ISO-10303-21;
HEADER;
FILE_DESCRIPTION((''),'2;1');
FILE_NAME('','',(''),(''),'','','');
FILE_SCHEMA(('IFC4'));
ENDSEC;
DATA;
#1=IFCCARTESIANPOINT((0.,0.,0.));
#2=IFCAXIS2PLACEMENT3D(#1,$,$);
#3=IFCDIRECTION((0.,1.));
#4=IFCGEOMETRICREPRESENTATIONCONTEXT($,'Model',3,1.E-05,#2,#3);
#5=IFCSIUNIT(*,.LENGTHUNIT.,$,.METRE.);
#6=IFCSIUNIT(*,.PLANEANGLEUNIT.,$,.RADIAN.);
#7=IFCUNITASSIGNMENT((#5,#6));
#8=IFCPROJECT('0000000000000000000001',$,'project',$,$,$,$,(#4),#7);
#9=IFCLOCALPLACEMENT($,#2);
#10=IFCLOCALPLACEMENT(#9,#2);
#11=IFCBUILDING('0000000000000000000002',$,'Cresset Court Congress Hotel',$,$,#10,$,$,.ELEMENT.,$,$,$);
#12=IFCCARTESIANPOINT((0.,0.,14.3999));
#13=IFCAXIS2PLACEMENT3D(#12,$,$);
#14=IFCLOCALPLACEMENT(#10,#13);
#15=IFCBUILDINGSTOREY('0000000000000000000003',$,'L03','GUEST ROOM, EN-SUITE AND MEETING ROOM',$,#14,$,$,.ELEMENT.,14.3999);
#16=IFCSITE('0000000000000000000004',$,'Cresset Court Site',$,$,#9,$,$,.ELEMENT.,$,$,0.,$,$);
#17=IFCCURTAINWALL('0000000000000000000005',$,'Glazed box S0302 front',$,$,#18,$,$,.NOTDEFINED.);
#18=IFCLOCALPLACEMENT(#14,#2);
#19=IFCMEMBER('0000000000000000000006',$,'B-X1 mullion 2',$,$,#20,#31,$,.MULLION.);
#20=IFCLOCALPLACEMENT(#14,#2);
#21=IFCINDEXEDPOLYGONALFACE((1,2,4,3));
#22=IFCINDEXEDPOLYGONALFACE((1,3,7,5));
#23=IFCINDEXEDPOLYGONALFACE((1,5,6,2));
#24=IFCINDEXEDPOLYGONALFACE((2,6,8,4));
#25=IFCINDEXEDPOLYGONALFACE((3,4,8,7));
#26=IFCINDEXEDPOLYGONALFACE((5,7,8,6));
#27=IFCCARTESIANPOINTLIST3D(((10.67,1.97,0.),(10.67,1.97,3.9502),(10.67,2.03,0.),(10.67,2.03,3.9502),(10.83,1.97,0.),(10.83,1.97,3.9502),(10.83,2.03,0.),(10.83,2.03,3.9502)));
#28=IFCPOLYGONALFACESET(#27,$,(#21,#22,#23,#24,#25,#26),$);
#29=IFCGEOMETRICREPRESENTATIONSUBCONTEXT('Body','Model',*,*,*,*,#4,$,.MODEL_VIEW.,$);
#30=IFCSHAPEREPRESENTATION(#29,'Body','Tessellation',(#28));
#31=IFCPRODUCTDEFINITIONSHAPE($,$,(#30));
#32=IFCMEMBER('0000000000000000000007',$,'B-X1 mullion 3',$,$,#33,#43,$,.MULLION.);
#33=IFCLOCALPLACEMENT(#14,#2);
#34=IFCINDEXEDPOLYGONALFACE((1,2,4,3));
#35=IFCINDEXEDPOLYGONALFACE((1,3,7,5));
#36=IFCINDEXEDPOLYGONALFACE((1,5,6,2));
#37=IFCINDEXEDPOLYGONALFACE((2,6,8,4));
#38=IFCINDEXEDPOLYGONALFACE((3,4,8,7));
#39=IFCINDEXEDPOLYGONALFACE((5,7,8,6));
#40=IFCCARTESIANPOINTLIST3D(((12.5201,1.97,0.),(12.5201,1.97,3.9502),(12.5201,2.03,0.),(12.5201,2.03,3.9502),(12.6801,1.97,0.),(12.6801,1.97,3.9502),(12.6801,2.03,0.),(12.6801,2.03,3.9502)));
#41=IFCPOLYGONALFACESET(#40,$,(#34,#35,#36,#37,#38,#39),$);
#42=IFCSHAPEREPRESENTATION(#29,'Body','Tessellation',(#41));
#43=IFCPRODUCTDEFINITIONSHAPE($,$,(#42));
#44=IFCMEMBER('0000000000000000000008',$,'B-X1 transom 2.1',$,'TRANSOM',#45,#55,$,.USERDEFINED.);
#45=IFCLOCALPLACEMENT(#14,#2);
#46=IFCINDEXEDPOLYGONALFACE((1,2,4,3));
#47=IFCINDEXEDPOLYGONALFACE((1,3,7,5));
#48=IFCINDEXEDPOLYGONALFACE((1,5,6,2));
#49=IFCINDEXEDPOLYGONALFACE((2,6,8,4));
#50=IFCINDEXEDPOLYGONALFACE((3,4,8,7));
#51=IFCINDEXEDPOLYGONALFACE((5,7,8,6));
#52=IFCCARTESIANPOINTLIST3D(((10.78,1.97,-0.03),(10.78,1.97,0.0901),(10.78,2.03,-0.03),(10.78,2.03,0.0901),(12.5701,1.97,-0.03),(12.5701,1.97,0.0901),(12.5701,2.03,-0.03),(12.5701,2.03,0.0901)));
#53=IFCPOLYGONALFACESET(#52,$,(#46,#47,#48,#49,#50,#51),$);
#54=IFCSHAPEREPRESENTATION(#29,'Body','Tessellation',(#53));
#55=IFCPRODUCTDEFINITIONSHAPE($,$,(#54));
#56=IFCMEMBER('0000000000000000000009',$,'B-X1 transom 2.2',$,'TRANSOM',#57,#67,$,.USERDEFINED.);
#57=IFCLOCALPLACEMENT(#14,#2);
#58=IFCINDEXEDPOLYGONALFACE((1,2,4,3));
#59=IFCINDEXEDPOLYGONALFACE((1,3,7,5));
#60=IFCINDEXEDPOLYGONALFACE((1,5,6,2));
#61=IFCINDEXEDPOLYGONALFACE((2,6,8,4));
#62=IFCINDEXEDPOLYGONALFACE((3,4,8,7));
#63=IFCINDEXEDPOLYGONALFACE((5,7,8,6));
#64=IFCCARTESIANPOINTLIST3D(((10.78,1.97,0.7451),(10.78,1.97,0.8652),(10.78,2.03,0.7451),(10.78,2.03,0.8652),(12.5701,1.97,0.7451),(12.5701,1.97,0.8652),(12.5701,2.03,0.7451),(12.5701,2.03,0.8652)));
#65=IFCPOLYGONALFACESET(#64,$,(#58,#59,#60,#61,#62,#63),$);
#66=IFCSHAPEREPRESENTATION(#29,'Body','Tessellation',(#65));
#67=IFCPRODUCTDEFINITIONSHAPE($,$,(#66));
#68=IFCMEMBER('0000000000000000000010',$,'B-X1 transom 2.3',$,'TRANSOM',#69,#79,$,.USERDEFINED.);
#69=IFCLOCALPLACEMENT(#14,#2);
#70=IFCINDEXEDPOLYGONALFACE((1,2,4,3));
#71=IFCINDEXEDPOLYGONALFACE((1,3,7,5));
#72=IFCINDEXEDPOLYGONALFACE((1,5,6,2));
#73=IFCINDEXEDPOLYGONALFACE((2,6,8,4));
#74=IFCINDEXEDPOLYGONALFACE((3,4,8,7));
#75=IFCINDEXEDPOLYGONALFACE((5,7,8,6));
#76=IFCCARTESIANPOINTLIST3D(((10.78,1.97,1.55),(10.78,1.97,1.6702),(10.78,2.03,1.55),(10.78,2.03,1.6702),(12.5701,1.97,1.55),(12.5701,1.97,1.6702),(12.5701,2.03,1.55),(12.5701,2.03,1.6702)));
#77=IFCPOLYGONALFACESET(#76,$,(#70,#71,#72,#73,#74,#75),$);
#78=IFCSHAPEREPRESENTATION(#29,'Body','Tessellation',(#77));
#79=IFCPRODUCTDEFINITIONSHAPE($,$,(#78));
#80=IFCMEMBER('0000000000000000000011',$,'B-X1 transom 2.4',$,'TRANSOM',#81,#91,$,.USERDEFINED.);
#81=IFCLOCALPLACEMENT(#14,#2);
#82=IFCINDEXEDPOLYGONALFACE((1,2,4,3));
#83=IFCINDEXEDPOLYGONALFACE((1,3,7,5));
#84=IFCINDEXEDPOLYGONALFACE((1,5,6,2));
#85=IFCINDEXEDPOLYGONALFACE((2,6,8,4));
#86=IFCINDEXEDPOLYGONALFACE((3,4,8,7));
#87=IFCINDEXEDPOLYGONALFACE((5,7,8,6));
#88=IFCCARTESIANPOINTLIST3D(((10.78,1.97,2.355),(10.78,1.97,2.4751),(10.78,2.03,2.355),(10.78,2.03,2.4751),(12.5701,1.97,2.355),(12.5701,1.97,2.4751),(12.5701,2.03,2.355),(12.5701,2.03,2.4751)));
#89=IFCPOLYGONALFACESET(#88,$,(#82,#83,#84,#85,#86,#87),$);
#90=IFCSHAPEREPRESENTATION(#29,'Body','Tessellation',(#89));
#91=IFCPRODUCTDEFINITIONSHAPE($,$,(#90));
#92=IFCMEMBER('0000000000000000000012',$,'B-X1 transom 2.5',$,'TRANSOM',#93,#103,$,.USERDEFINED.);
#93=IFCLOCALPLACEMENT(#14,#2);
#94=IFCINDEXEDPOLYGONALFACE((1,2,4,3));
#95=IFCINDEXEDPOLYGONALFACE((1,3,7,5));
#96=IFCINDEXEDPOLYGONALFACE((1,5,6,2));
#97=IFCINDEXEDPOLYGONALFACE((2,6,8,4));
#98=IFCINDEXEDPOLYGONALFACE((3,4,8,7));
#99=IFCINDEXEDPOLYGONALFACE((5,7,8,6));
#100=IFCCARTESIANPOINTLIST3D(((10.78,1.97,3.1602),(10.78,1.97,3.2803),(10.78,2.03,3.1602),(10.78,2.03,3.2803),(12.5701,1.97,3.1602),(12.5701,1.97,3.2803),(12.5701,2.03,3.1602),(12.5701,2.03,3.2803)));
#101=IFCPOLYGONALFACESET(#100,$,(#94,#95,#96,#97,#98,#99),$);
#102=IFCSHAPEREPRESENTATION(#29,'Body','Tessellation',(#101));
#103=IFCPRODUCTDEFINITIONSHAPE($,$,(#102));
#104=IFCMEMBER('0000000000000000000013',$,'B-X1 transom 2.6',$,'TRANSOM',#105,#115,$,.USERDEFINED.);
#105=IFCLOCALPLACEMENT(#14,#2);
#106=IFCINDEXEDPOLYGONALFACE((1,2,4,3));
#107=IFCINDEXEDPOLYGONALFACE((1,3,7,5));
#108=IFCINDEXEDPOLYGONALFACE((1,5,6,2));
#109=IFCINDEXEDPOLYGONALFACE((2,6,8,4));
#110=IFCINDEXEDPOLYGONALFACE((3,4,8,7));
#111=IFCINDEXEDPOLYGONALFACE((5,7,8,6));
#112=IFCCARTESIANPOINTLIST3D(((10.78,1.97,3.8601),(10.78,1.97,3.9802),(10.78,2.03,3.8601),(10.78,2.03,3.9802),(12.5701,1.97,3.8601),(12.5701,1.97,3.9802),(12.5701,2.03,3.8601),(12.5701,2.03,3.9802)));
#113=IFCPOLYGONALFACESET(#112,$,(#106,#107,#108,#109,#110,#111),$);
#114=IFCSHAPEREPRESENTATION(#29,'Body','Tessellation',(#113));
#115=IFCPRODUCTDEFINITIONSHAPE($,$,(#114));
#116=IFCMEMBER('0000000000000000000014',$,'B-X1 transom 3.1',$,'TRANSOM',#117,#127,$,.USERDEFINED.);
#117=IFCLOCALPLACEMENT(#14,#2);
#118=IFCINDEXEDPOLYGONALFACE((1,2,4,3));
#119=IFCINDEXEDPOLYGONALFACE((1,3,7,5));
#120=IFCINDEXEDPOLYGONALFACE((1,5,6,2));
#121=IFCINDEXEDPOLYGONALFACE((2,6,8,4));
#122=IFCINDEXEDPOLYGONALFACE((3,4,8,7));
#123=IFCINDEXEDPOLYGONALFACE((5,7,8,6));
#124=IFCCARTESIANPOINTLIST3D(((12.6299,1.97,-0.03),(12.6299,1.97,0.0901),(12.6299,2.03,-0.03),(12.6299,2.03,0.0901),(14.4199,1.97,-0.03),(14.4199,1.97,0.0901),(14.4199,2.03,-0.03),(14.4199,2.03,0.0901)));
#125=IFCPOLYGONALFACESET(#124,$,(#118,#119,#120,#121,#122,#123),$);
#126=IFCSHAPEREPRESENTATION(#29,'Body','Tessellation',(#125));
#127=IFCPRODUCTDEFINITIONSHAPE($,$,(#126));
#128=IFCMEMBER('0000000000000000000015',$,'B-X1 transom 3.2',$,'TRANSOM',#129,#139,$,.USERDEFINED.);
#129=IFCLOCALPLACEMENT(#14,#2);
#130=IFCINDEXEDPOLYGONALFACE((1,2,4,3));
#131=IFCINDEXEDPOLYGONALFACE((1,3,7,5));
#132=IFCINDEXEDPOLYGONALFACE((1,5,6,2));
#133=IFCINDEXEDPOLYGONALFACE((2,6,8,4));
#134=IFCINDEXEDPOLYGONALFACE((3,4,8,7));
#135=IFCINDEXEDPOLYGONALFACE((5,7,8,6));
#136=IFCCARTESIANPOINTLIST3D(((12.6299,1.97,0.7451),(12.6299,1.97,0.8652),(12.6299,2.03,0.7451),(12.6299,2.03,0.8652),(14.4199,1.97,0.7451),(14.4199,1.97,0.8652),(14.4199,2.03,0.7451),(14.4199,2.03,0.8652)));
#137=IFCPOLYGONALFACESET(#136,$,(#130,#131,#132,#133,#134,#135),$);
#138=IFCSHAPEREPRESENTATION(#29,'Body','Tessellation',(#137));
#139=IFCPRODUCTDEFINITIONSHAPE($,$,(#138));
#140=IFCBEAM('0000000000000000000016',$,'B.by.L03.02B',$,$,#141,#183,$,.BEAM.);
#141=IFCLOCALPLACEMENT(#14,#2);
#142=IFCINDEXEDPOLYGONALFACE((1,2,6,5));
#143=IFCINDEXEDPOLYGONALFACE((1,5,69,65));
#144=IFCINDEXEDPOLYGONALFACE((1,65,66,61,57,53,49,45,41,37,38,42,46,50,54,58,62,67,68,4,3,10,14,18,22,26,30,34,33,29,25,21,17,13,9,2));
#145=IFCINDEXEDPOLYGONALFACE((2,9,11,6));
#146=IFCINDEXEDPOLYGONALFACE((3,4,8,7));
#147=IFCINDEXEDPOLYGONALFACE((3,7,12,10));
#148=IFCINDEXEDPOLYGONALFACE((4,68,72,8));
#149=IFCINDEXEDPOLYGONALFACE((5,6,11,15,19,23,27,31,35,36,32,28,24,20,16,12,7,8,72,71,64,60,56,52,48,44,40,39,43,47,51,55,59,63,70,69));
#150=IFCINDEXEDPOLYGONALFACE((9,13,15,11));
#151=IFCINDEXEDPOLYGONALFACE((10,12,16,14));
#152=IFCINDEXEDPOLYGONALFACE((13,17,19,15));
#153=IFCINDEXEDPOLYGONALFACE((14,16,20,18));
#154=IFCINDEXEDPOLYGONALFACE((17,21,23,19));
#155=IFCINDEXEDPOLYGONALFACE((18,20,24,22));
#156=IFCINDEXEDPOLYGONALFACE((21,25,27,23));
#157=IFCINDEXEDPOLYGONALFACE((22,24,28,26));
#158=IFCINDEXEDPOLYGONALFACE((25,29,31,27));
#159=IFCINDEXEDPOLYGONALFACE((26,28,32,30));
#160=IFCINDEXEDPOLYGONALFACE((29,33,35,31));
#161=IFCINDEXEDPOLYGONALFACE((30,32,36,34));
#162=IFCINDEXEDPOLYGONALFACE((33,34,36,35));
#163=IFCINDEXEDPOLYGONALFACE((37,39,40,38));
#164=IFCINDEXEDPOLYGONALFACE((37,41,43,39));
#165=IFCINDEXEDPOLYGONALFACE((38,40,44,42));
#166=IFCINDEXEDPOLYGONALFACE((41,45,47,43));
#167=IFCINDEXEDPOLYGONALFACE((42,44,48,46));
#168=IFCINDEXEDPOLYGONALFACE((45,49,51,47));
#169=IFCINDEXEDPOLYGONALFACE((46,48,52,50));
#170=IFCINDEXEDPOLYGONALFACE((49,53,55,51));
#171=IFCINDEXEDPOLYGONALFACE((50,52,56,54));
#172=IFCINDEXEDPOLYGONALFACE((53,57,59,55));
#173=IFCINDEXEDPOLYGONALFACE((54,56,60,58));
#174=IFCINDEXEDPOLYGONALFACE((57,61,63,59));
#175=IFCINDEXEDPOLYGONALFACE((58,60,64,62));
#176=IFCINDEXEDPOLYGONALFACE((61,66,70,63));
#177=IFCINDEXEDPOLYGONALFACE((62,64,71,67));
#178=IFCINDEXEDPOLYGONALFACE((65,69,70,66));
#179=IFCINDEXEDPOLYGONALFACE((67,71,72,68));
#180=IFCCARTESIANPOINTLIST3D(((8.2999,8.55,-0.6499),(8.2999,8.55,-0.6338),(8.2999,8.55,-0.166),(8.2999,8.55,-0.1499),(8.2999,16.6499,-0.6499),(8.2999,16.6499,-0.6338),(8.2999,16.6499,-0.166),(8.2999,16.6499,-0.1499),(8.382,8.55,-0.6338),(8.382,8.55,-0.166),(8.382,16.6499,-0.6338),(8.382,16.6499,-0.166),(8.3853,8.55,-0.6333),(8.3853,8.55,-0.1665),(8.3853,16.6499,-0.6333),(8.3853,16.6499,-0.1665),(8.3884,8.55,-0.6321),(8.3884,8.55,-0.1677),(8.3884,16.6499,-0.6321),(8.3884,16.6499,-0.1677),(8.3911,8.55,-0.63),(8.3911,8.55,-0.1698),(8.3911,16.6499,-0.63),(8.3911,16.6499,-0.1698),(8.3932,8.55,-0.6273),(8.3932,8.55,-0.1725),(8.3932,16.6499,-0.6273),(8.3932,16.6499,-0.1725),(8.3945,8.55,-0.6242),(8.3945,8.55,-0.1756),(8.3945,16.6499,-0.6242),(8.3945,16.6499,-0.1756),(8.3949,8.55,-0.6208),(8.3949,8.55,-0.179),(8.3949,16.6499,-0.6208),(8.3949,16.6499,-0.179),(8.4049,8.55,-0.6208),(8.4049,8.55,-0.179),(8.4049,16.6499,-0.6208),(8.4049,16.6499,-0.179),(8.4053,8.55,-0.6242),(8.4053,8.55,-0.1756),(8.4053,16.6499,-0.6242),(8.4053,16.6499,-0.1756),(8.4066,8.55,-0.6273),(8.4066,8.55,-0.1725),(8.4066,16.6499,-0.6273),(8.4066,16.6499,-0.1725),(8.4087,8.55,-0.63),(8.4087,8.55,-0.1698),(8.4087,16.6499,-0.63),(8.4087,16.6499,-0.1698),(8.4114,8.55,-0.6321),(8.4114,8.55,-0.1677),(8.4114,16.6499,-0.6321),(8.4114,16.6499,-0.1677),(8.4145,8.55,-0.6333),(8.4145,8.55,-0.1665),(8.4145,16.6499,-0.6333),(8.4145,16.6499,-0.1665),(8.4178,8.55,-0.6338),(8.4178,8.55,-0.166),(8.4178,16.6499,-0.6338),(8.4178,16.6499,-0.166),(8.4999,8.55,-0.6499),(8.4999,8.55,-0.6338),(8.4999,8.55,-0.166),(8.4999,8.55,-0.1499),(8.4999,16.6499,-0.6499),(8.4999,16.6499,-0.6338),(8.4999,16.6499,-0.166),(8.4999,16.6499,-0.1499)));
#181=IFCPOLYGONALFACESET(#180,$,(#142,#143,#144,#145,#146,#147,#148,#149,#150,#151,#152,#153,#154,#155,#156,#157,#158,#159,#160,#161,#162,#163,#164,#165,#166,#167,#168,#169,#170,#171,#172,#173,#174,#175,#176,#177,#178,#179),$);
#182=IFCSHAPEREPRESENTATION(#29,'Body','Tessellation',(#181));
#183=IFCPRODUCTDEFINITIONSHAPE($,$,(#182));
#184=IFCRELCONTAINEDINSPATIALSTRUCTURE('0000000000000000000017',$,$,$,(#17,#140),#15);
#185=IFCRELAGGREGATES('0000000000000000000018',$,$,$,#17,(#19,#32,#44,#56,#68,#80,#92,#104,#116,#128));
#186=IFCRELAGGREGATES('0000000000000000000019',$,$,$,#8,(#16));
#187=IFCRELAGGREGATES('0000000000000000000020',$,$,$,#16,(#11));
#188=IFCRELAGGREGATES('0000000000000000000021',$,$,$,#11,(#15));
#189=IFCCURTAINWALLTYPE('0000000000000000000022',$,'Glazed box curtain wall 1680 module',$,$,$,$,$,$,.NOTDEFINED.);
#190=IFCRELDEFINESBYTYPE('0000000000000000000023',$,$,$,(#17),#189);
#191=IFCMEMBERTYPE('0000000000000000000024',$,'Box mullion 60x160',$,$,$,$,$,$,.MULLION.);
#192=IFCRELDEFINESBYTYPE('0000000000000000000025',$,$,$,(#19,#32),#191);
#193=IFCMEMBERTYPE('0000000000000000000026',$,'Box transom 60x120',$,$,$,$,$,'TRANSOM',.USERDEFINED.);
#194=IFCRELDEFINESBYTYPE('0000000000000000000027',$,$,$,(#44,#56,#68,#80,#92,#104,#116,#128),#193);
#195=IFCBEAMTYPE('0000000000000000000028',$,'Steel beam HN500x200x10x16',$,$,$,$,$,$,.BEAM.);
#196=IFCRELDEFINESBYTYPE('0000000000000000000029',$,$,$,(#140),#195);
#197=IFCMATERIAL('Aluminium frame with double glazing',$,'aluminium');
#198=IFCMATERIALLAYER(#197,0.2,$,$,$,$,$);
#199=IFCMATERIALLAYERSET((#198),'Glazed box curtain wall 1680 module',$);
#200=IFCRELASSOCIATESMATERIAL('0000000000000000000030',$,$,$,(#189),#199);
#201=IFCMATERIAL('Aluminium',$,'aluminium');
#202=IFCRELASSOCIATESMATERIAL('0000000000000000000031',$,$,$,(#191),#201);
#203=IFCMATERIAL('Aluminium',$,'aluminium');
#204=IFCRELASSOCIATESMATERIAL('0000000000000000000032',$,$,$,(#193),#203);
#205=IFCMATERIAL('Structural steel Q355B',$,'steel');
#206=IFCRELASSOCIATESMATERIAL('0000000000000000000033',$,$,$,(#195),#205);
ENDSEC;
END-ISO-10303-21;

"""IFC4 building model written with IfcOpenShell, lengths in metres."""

from ifc_helpers import new_model, si_unit, direction, frame, origin, origin_2d, place, context, subcontext, project, spatial, rectangle, i_section, extrude, material, layer, layer_set, material_profile, profile_set, type_object, element, aggregate, save


model = new_model("IFC4")

# Units and contexts
model_context = context("Model", 3, precision=1e-05, world=origin(), true_north=direction((0.0, 1.0)))
body_context = subcontext(model_context, "Body", "Model", "MODEL_VIEW")
ifc_project = project(units=[si_unit("LENGTHUNIT", "METRE"), si_unit("PLANEANGLEUNIT", "RADIAN")], contexts=[model_context])

# Site, building, storey
site_placement = place(None, origin())
site = spatial("IfcSite", under=ifc_project, at=site_placement, Name="Cresset Court Site", CompositionType="ELEMENT", RefElevation=0.0)
building_placement = place(site_placement, origin())
building = spatial("IfcBuilding", under=site, at=building_placement, Name="Cresset Court Congress Hotel", CompositionType="ELEMENT")
storey_placement = place(building_placement, frame((0.0, 0.0, 14.3999)))
storey = spatial("IfcBuildingStorey", under=building, at=storey_placement, Name="L03", Description="GUEST ROOM, EN-SUITE AND MEETING ROOM", CompositionType="ELEMENT", Elevation=14.3999)

# Curtain wall, members
ifc_material_1 = material(Name="Aluminium frame with double glazing", Category="aluminium")
ifc_layer_1 = layer(ifc_material_1, 0.2)
ifc_layer_set_1 = layer_set([ifc_layer_1], Name="Glazed box curtain wall 1680 module")
curtain_wall_type = type_object("IfcCurtainWallType", Name="Glazed box curtain wall 1680 module", PredefinedType="NOTDEFINED", material=ifc_layer_set_1)
curtain_wall_placement = place(storey_placement, origin())
curtain_wall = element("IfcCurtainWall", 1, at=curtain_wall_placement, inside=storey, type_object=curtain_wall_type, Name="Glazed box S0302 front", PredefinedType="NOTDEFINED")
ifc_material_2 = material(Name="Aluminium", Category="aluminium")
ifc_material_profile_1 = material_profile(ifc_material_2, rectangle(XDim=0.0601, YDim=0.1599, at=origin_2d()), Name="Box mullion 60x160")
ifc_profile_set_1 = profile_set([ifc_material_profile_1], Name="Aluminium")
member_type_1 = type_object("IfcMemberType", Name="Box mullion 60x160", PredefinedType="MULLION", material=ifc_profile_set_1)
member_1_placement = place(storey_placement, frame((10.75, 2.0, 0.0), z_axis=(0.0, 0.0, 1.0), x_axis=(0.0, 1.0, 0.0)))
member_1 = element("IfcMember", 2, at=member_1_placement, type_object=member_type_1, Name="B-X1 mullion 2", PredefinedType="MULLION", context=body_context, shape_type="SweptSolid", body=[
    extrude(rectangle(XDim=0.0601, YDim=0.1599, at=origin_2d()), origin(), (0.0, 0.0, 1.0), 3.9502),
])
member_2_placement = place(storey_placement, frame((12.6001, 2.0, 0.0), z_axis=(0.0, 0.0, 1.0), x_axis=(0.0, 1.0, 0.0)))
member_2 = element("IfcMember", 3, at=member_2_placement, type_object=member_type_1, Name="B-X1 mullion 3", PredefinedType="MULLION", context=body_context, shape_type="SweptSolid", body=[
    extrude(rectangle(XDim=0.0601, YDim=0.1599, at=origin_2d()), origin(), (0.0, 0.0, 1.0), 3.9502),
])
ifc_material_3 = material(Name="Aluminium", Category="aluminium")
ifc_material_profile_2 = material_profile(ifc_material_3, rectangle(XDim=0.0601, YDim=0.1201, at=origin_2d()), Name="Box transom 60x120")
ifc_profile_set_2 = profile_set([ifc_material_profile_2], Name="Aluminium")
member_type_2 = type_object("IfcMemberType", Name="Box transom 60x120", ElementType="TRANSOM", PredefinedType="USERDEFINED", material=ifc_profile_set_2)
member_3_placement = place(storey_placement, frame((10.78, 2.0, 0.03), z_axis=(1.0, 0.0, 0.0), x_axis=(0.0, 1.0, 0.0)))
member_3 = element("IfcMember", 4, at=member_3_placement, type_object=member_type_2, Name="B-X1 transom 2.1", ObjectType="TRANSOM", PredefinedType="USERDEFINED", context=body_context, shape_type="SweptSolid", body=[
    extrude(rectangle(XDim=0.0601, YDim=0.1201, at=origin_2d()), origin(), (0.0, 0.0, 1.0), 1.79),
])
member_4_placement = place(storey_placement, frame((10.78, 2.0, 0.8052), z_axis=(1.0, 0.0, 0.0), x_axis=(0.0, 1.0, 0.0)))
member_4 = element("IfcMember", 5, at=member_4_placement, type_object=member_type_2, Name="B-X1 transom 2.2", ObjectType="TRANSOM", PredefinedType="USERDEFINED", context=body_context, shape_type="SweptSolid", body=[
    extrude(rectangle(XDim=0.0601, YDim=0.1201, at=origin_2d()), origin(), (0.0, 0.0, 1.0), 1.79),
])
member_5_placement = place(storey_placement, frame((10.78, 2.0, 1.6101), z_axis=(1.0, 0.0, 0.0), x_axis=(0.0, 1.0, 0.0)))
member_5 = element("IfcMember", 6, at=member_5_placement, type_object=member_type_2, Name="B-X1 transom 2.3", ObjectType="TRANSOM", PredefinedType="USERDEFINED", context=body_context, shape_type="SweptSolid", body=[
    extrude(rectangle(XDim=0.0601, YDim=0.1201, at=origin_2d()), origin(), (0.0, 0.0, 1.0), 1.79),
])
member_6_placement = place(storey_placement, frame((10.78, 2.0, 2.415), z_axis=(1.0, 0.0, 0.0), x_axis=(0.0, 1.0, 0.0)))
member_6 = element("IfcMember", 7, at=member_6_placement, type_object=member_type_2, Name="B-X1 transom 2.4", ObjectType="TRANSOM", PredefinedType="USERDEFINED", context=body_context, shape_type="SweptSolid", body=[
    extrude(rectangle(XDim=0.0601, YDim=0.1201, at=origin_2d()), origin(), (0.0, 0.0, 1.0), 1.79),
])
member_7_placement = place(storey_placement, frame((10.78, 2.0, 3.2202), z_axis=(1.0, 0.0, 0.0), x_axis=(0.0, 1.0, 0.0)))
member_7 = element("IfcMember", 8, at=member_7_placement, type_object=member_type_2, Name="B-X1 transom 2.5", ObjectType="TRANSOM", PredefinedType="USERDEFINED", context=body_context, shape_type="SweptSolid", body=[
    extrude(rectangle(XDim=0.0601, YDim=0.1201, at=origin_2d()), origin(), (0.0, 0.0, 1.0), 1.79),
])
member_8_placement = place(storey_placement, frame((10.78, 2.0, 3.9202), z_axis=(1.0, 0.0, 0.0), x_axis=(0.0, 1.0, 0.0)))
member_8 = element("IfcMember", 9, at=member_8_placement, type_object=member_type_2, Name="B-X1 transom 2.6", ObjectType="TRANSOM", PredefinedType="USERDEFINED", context=body_context, shape_type="SweptSolid", body=[
    extrude(rectangle(XDim=0.0601, YDim=0.1201, at=origin_2d()), origin(), (0.0, 0.0, 1.0), 1.79),
])
member_9_placement = place(storey_placement, frame((12.6299, 2.0, 0.03), z_axis=(1.0, 0.0, 0.0), x_axis=(0.0, 1.0, 0.0)))
member_9 = element("IfcMember", 10, at=member_9_placement, type_object=member_type_2, Name="B-X1 transom 3.1", ObjectType="TRANSOM", PredefinedType="USERDEFINED", context=body_context, shape_type="SweptSolid", body=[
    extrude(rectangle(XDim=0.0601, YDim=0.1201, at=origin_2d()), origin(), (0.0, 0.0, 1.0), 1.79),
])
member_10_placement = place(storey_placement, frame((12.6299, 2.0, 0.8052), z_axis=(1.0, 0.0, 0.0), x_axis=(0.0, 1.0, 0.0)))
member_10 = element("IfcMember", 11, at=member_10_placement, type_object=member_type_2, Name="B-X1 transom 3.2", ObjectType="TRANSOM", PredefinedType="USERDEFINED", context=body_context, shape_type="SweptSolid", body=[
    extrude(rectangle(XDim=0.0601, YDim=0.1201, at=origin_2d()), origin(), (0.0, 0.0, 1.0), 1.79),
])

# Beam
ifc_material_4 = material(Name="Structural steel Q355B", Category="steel")
ifc_material_profile_3 = material_profile(ifc_material_4, i_section(OverallWidth=0.2, OverallDepth=0.5, WebThickness=0.01, FlangeThickness=0.0161, FilletRadius=0.0129, at=origin_2d()), Name="HN500x200x10x16")
ifc_profile_set_3 = profile_set([ifc_material_profile_3], Name="Structural steel Q355B")
beam_type_1 = type_object("IfcBeamType", Name="Steel beam HN500x200x10x16", PredefinedType="BEAM", material=ifc_profile_set_3)
beam_1_placement = place(storey_placement, frame((8.3999, 8.55, -0.3999), z_axis=(0.0, 1.0, 0.0), x_axis=(-1.0, 0.0, 0.0)))
element("IfcBeam", 12, at=beam_1_placement, inside=storey, type_object=beam_type_1, Name="B.by.L03.02B", PredefinedType="BEAM", context=body_context, shape_type="SweptSolid", body=[
    extrude(i_section(OverallWidth=0.2, OverallDepth=0.5, WebThickness=0.01, FlangeThickness=0.0161, FilletRadius=0.0129, at=origin_2d()), origin(), (0.0, 0.0, 1.0), 8.0999),
])

aggregate(curtain_wall, [member_1, member_2, member_3, member_4, member_5, member_6, member_7, member_8, member_9, member_10])

save(model, "model.ifc")
